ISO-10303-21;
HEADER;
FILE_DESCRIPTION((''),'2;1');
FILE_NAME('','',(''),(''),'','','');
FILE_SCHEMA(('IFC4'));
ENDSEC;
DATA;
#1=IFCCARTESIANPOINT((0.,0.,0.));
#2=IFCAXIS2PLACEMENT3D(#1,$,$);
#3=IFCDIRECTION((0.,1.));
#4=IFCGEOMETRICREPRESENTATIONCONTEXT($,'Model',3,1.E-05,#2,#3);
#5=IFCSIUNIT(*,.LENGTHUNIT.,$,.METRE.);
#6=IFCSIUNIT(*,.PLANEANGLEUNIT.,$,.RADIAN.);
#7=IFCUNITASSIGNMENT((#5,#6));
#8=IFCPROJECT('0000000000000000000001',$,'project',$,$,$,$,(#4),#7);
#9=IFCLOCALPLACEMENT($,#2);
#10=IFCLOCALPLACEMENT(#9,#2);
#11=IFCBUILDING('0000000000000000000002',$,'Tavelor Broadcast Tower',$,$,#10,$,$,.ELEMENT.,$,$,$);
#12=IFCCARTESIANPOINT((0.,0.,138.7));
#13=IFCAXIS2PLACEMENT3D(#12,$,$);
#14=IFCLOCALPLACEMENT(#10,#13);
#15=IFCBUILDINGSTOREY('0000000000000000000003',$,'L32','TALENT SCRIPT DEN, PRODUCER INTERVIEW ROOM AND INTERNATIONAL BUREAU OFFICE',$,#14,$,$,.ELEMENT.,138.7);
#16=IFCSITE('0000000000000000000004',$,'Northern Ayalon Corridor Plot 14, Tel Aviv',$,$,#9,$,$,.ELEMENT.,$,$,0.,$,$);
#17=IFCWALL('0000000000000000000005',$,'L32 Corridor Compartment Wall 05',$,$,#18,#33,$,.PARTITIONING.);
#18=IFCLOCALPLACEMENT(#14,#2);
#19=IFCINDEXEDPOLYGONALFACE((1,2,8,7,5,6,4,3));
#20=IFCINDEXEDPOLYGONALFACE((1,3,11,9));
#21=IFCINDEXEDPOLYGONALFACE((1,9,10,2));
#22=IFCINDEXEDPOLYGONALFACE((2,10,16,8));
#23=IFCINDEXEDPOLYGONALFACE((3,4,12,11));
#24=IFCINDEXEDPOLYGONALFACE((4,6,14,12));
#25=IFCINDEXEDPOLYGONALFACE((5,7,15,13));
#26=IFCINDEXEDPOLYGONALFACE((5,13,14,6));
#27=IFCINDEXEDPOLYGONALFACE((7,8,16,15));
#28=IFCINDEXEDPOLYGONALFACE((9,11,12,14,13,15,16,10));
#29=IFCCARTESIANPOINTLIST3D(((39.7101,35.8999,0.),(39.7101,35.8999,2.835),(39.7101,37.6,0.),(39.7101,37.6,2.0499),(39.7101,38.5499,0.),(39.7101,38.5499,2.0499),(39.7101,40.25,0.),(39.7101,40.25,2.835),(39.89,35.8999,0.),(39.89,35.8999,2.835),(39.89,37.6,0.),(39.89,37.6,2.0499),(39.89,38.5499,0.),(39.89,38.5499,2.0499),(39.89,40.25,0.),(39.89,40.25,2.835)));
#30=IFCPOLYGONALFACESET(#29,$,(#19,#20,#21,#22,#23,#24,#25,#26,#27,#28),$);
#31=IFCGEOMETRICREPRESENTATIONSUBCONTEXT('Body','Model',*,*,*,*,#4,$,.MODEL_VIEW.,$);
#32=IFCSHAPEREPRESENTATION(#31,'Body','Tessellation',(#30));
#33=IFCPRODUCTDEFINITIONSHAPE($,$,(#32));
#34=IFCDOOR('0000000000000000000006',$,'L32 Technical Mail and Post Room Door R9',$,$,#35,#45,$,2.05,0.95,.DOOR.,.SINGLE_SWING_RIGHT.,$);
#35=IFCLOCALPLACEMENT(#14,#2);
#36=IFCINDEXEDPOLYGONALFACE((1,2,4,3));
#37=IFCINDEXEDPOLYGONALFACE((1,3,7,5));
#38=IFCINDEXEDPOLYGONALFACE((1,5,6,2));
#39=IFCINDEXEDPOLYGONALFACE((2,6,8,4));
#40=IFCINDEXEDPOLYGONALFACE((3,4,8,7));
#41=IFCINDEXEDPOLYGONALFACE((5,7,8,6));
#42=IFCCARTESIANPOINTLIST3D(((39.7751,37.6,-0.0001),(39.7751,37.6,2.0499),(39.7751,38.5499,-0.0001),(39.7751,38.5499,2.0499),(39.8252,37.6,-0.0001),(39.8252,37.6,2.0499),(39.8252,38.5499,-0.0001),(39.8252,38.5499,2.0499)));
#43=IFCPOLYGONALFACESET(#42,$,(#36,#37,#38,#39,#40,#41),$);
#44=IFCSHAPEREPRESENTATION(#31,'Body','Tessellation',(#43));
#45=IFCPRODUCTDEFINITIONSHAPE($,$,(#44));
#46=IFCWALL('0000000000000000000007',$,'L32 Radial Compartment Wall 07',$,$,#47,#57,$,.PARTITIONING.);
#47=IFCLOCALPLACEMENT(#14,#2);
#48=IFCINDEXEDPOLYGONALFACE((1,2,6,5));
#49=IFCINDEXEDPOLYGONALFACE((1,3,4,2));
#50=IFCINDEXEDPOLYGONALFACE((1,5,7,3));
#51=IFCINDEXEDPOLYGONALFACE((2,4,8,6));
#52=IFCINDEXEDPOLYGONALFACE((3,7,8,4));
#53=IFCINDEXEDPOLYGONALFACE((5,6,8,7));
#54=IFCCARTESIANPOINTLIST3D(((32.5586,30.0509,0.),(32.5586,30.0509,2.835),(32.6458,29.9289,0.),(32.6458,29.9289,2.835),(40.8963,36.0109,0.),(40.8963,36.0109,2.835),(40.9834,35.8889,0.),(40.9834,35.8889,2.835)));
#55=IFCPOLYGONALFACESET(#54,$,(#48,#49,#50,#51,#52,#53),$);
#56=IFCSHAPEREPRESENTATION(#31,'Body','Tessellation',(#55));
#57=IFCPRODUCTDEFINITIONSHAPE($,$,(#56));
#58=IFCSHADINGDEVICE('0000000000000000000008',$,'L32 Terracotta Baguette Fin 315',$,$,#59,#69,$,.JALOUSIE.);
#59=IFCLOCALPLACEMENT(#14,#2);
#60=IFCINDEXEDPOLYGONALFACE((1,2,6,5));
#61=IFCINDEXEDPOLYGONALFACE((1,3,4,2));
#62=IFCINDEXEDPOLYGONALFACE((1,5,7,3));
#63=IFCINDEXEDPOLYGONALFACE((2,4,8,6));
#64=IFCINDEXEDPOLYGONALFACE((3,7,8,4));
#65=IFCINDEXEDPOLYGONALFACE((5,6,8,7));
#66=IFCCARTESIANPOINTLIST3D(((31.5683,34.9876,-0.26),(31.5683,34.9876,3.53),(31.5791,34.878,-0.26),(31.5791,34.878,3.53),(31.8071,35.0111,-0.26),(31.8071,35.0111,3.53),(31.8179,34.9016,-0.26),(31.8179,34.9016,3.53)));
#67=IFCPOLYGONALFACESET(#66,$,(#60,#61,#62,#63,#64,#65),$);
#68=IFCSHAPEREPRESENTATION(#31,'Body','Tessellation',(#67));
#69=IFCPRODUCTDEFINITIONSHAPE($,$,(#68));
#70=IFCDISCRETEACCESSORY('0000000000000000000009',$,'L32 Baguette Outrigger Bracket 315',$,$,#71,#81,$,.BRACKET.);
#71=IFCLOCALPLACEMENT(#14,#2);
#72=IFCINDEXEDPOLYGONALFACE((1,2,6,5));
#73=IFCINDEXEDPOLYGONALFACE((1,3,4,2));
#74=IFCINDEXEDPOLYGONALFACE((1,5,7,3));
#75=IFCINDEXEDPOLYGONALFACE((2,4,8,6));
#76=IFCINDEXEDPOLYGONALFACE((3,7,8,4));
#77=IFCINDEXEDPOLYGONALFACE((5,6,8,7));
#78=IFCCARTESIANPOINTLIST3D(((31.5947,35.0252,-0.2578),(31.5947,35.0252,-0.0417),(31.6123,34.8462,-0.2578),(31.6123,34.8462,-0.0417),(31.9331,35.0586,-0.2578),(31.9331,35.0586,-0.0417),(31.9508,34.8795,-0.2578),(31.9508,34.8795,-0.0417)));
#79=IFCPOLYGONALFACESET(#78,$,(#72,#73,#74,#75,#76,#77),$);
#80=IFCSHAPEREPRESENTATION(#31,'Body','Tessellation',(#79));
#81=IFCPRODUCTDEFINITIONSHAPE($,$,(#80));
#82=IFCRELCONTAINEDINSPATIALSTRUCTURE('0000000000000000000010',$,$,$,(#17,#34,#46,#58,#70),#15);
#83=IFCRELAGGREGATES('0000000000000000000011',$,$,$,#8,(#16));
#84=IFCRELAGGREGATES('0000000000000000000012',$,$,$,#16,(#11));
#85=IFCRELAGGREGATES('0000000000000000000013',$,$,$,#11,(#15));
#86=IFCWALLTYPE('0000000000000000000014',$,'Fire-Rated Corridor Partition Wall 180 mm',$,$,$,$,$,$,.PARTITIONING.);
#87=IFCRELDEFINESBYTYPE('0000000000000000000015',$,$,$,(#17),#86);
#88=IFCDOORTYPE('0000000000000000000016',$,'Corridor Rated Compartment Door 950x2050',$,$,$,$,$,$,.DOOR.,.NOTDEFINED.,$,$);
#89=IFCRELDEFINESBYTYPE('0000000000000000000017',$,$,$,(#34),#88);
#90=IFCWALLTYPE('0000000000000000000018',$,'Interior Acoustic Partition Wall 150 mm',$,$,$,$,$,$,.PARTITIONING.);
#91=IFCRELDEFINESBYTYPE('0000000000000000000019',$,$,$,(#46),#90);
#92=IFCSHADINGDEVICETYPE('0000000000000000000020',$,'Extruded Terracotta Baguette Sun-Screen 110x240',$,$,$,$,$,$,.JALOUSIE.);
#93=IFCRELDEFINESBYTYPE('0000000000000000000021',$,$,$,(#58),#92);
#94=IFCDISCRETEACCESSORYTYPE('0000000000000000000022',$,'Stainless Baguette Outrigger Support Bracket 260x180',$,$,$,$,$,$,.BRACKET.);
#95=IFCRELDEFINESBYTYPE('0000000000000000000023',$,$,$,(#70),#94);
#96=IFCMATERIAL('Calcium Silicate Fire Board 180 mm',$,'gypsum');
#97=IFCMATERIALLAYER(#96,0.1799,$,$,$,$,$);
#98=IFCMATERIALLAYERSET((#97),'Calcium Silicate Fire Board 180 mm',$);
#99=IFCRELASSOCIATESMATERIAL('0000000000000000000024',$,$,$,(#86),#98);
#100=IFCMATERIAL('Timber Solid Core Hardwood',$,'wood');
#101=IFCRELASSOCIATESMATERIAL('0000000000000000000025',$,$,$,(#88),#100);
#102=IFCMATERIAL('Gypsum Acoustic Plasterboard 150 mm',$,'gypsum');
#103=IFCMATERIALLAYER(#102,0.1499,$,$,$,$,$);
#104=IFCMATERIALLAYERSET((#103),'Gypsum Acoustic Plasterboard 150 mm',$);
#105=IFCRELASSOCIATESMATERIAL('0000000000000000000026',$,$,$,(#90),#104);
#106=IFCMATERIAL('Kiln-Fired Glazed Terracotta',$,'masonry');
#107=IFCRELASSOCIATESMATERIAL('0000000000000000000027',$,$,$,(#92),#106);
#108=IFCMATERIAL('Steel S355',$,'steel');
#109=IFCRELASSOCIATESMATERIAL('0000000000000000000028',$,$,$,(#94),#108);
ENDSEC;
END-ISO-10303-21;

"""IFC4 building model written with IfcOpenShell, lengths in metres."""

from ifc_helpers import new_model, si_unit, direction, frame, frame_2d, origin, origin_2d, place, context, subcontext, project, spatial, rectangle, extrude, source, transform, mapped, material, layer, layer_set, type_object, type_shapes, element, fill, save


model = new_model("IFC4")

# Units and contexts
model_context = context("Model", 3, precision=1e-05, world=origin(), true_north=direction((0.0, 1.0)))
body_context = subcontext(model_context, "Body", "Model", "MODEL_VIEW")
ifc_project = project(units=[si_unit("LENGTHUNIT", "METRE"), si_unit("PLANEANGLEUNIT", "RADIAN")], contexts=[model_context])

# Site, building, storey
site_placement = place(None, origin())
site = spatial("IfcSite", under=ifc_project, at=site_placement, Name="Northern Ayalon Corridor Plot 14, Tel Aviv", CompositionType="ELEMENT", RefElevation=0.0)
building_placement = place(site_placement, origin())
building = spatial("IfcBuilding", under=site, at=building_placement, Name="Tavelor Broadcast Tower", CompositionType="ELEMENT")
storey_placement = place(building_placement, frame((0.0, 0.0, 138.7)))
storey = spatial("IfcBuildingStorey", under=building, at=storey_placement, Name="L32", Description="TALENT SCRIPT DEN, PRODUCER INTERVIEW ROOM AND INTERNATIONAL BUREAU OFFICE", CompositionType="ELEMENT", Elevation=138.7)

# Shared definitions
ifc_material_1 = material(Name="Steel S355", Category="steel")

# Wall, opening, door
ifc_material_2 = material(Name="Calcium Silicate Fire Board 180 mm", Category="gypsum")
ifc_layer_1 = layer(ifc_material_2, 0.1799)
ifc_layer_set_1 = layer_set([ifc_layer_1], Name="Calcium Silicate Fire Board 180 mm")
wall_type_1 = type_object("IfcWallType", Name="Fire-Rated Corridor Partition Wall 180 mm", PredefinedType="PARTITIONING", material=ifc_layer_set_1)
wall_1_placement = place(storey_placement, frame((39.8, 35.8999, 0.0), z_axis=(0.0, 0.0, 1.0), x_axis=(0.0, 1.0, 0.0)))
wall_1 = element("IfcWall", 1, at=wall_1_placement, inside=storey, type_object=wall_type_1, Name="L32 Corridor Compartment Wall 05", PredefinedType="PARTITIONING", context=body_context, shape_type="SweptSolid", body=[
    extrude(rectangle(XDim=4.3501, YDim=0.1799, at=frame_2d((2.175, 0.0))), origin(), (0.0, 0.0, 1.0), 2.835),
])
opening_1_placement = place(wall_1_placement, frame((1.7, 0.0, 0.0)))
opening_1 = element("IfcOpeningElement", 2, at=opening_1_placement, cuts=wall_1, PredefinedType="OPENING", context=body_context, shape_type="SweptSolid", body=[
    extrude(rectangle(XDim=0.95, YDim=2.05, at=frame_2d((0.4751, 1.0249))), frame((0.0, 0.1001, 0.0), z_axis=(0.0, -1.0, 0.0), x_axis=(1.0, 0.0, 0.0)), (0.0, 0.0, 1.0), 0.2),
])
ifc_material_3 = material(Name="Timber Solid Core Hardwood", Category="wood")
door_type_1 = type_object("IfcDoorType", Name="Corridor Rated Compartment Door 950x2050", OperationType="NOTDEFINED", PredefinedType="DOOR", material=ifc_material_3)
door_1_placement = place(opening_1_placement, origin())
door_1 = element("IfcDoor", 3, at=door_1_placement, inside=storey, type_object=door_type_1, Name="L32 Technical Mail and Post Room Door R9", OperationType="SINGLE_SWING_RIGHT", OverallHeight=2.05, OverallWidth=0.95, PredefinedType="DOOR", context=body_context, shape_type="SweptSolid", body=[
    extrude(rectangle(XDim=0.95, YDim=2.05, at=frame_2d((0.4751, 1.0249))), frame((0.0, 0.0249, 0.0), z_axis=(0.0, -1.0, 0.0), x_axis=(1.0, 0.0, 0.0)), (0.0, 0.0, 1.0), 0.05),
])
fill(opening_1, door_1)

# Wall
ifc_material_4 = material(Name="Gypsum Acoustic Plasterboard 150 mm", Category="gypsum")
ifc_layer_2 = layer(ifc_material_4, 0.1499)
ifc_layer_set_2 = layer_set([ifc_layer_2], Name="Gypsum Acoustic Plasterboard 150 mm")
wall_type_2 = type_object("IfcWallType", Name="Interior Acoustic Partition Wall 150 mm", PredefinedType="PARTITIONING", material=ifc_layer_set_2)
wall_2_placement = place(storey_placement, frame((40.9399, 35.95, 0.0), z_axis=(0.0, 0.0, 1.0), x_axis=(-0.813526, -0.581529, 0.0)))
element("IfcWall", 4, at=wall_2_placement, inside=storey, type_object=wall_type_2, Name="L32 Radial Compartment Wall 07", PredefinedType="PARTITIONING", context=body_context, shape_type="SweptSolid", body=[
    extrude(rectangle(XDim=10.2488, YDim=0.1499, at=frame_2d((5.1245, 0.0))), origin(), (0.0, 0.0, 1.0), 2.835),
])

# Shading device
ifc_material_5 = material(Name="Kiln-Fired Glazed Terracotta", Category="masonry")
shading_device_type = type_object("IfcShadingDeviceType", Name="Extruded Terracotta Baguette Sun-Screen 110x240", PredefinedType="JALOUSIE", material=ifc_material_5)
shared_shape_1 = source(origin(), body_context, "Body", "SweptSolid", [
    extrude(rectangle(XDim=0.1101, YDim=0.24, at=origin_2d()), origin(), (0.0, 0.0, 1.0), 3.79),
])
type_shapes(shading_device_type, [shared_shape_1])
shading_device_placement = place(storey_placement, frame((31.6931, 34.9446, -0.26), z_axis=(0.0, 0.0, 1.0), x_axis=(0.098104, -0.995176, 0.0)))
element("IfcShadingDevice", 5, at=shading_device_placement, inside=storey, type_object=shading_device_type, Name="L32 Terracotta Baguette Fin 315", PredefinedType="JALOUSIE", context=body_context, shape_type="MappedRepresentation", body=[
    mapped(shared_shape_1, transform((0.0, 0.0, 0.0), scale=1.0)),
])

# Discrete accessory
discrete_accessory_type = type_object("IfcDiscreteAccessoryType", Name="Stainless Baguette Outrigger Support Bracket 260x180", PredefinedType="BRACKET", material=ifc_material_1)
shared_shape_2 = source(origin(), body_context, "Body", "SweptSolid", [
    extrude(rectangle(XDim=0.1799, YDim=0.3401, at=origin_2d()), origin(), (0.0, 0.0, 1.0), 0.2161),
])
type_shapes(discrete_accessory_type, [shared_shape_2])
discrete_accessory_placement = place(storey_placement, frame((31.7727, 34.9524, -0.2578), z_axis=(0.0, 0.0, 1.0), x_axis=(0.098104, -0.995176, 0.0)))
element("IfcDiscreteAccessory", 6, at=discrete_accessory_placement, inside=storey, type_object=discrete_accessory_type, Name="L32 Baguette Outrigger Bracket 315", PredefinedType="BRACKET", context=body_context, shape_type="MappedRepresentation", body=[
    mapped(shared_shape_2, transform((0.0, 0.0, 0.0), scale=1.0)),
])

save(model, "model.ifc")
